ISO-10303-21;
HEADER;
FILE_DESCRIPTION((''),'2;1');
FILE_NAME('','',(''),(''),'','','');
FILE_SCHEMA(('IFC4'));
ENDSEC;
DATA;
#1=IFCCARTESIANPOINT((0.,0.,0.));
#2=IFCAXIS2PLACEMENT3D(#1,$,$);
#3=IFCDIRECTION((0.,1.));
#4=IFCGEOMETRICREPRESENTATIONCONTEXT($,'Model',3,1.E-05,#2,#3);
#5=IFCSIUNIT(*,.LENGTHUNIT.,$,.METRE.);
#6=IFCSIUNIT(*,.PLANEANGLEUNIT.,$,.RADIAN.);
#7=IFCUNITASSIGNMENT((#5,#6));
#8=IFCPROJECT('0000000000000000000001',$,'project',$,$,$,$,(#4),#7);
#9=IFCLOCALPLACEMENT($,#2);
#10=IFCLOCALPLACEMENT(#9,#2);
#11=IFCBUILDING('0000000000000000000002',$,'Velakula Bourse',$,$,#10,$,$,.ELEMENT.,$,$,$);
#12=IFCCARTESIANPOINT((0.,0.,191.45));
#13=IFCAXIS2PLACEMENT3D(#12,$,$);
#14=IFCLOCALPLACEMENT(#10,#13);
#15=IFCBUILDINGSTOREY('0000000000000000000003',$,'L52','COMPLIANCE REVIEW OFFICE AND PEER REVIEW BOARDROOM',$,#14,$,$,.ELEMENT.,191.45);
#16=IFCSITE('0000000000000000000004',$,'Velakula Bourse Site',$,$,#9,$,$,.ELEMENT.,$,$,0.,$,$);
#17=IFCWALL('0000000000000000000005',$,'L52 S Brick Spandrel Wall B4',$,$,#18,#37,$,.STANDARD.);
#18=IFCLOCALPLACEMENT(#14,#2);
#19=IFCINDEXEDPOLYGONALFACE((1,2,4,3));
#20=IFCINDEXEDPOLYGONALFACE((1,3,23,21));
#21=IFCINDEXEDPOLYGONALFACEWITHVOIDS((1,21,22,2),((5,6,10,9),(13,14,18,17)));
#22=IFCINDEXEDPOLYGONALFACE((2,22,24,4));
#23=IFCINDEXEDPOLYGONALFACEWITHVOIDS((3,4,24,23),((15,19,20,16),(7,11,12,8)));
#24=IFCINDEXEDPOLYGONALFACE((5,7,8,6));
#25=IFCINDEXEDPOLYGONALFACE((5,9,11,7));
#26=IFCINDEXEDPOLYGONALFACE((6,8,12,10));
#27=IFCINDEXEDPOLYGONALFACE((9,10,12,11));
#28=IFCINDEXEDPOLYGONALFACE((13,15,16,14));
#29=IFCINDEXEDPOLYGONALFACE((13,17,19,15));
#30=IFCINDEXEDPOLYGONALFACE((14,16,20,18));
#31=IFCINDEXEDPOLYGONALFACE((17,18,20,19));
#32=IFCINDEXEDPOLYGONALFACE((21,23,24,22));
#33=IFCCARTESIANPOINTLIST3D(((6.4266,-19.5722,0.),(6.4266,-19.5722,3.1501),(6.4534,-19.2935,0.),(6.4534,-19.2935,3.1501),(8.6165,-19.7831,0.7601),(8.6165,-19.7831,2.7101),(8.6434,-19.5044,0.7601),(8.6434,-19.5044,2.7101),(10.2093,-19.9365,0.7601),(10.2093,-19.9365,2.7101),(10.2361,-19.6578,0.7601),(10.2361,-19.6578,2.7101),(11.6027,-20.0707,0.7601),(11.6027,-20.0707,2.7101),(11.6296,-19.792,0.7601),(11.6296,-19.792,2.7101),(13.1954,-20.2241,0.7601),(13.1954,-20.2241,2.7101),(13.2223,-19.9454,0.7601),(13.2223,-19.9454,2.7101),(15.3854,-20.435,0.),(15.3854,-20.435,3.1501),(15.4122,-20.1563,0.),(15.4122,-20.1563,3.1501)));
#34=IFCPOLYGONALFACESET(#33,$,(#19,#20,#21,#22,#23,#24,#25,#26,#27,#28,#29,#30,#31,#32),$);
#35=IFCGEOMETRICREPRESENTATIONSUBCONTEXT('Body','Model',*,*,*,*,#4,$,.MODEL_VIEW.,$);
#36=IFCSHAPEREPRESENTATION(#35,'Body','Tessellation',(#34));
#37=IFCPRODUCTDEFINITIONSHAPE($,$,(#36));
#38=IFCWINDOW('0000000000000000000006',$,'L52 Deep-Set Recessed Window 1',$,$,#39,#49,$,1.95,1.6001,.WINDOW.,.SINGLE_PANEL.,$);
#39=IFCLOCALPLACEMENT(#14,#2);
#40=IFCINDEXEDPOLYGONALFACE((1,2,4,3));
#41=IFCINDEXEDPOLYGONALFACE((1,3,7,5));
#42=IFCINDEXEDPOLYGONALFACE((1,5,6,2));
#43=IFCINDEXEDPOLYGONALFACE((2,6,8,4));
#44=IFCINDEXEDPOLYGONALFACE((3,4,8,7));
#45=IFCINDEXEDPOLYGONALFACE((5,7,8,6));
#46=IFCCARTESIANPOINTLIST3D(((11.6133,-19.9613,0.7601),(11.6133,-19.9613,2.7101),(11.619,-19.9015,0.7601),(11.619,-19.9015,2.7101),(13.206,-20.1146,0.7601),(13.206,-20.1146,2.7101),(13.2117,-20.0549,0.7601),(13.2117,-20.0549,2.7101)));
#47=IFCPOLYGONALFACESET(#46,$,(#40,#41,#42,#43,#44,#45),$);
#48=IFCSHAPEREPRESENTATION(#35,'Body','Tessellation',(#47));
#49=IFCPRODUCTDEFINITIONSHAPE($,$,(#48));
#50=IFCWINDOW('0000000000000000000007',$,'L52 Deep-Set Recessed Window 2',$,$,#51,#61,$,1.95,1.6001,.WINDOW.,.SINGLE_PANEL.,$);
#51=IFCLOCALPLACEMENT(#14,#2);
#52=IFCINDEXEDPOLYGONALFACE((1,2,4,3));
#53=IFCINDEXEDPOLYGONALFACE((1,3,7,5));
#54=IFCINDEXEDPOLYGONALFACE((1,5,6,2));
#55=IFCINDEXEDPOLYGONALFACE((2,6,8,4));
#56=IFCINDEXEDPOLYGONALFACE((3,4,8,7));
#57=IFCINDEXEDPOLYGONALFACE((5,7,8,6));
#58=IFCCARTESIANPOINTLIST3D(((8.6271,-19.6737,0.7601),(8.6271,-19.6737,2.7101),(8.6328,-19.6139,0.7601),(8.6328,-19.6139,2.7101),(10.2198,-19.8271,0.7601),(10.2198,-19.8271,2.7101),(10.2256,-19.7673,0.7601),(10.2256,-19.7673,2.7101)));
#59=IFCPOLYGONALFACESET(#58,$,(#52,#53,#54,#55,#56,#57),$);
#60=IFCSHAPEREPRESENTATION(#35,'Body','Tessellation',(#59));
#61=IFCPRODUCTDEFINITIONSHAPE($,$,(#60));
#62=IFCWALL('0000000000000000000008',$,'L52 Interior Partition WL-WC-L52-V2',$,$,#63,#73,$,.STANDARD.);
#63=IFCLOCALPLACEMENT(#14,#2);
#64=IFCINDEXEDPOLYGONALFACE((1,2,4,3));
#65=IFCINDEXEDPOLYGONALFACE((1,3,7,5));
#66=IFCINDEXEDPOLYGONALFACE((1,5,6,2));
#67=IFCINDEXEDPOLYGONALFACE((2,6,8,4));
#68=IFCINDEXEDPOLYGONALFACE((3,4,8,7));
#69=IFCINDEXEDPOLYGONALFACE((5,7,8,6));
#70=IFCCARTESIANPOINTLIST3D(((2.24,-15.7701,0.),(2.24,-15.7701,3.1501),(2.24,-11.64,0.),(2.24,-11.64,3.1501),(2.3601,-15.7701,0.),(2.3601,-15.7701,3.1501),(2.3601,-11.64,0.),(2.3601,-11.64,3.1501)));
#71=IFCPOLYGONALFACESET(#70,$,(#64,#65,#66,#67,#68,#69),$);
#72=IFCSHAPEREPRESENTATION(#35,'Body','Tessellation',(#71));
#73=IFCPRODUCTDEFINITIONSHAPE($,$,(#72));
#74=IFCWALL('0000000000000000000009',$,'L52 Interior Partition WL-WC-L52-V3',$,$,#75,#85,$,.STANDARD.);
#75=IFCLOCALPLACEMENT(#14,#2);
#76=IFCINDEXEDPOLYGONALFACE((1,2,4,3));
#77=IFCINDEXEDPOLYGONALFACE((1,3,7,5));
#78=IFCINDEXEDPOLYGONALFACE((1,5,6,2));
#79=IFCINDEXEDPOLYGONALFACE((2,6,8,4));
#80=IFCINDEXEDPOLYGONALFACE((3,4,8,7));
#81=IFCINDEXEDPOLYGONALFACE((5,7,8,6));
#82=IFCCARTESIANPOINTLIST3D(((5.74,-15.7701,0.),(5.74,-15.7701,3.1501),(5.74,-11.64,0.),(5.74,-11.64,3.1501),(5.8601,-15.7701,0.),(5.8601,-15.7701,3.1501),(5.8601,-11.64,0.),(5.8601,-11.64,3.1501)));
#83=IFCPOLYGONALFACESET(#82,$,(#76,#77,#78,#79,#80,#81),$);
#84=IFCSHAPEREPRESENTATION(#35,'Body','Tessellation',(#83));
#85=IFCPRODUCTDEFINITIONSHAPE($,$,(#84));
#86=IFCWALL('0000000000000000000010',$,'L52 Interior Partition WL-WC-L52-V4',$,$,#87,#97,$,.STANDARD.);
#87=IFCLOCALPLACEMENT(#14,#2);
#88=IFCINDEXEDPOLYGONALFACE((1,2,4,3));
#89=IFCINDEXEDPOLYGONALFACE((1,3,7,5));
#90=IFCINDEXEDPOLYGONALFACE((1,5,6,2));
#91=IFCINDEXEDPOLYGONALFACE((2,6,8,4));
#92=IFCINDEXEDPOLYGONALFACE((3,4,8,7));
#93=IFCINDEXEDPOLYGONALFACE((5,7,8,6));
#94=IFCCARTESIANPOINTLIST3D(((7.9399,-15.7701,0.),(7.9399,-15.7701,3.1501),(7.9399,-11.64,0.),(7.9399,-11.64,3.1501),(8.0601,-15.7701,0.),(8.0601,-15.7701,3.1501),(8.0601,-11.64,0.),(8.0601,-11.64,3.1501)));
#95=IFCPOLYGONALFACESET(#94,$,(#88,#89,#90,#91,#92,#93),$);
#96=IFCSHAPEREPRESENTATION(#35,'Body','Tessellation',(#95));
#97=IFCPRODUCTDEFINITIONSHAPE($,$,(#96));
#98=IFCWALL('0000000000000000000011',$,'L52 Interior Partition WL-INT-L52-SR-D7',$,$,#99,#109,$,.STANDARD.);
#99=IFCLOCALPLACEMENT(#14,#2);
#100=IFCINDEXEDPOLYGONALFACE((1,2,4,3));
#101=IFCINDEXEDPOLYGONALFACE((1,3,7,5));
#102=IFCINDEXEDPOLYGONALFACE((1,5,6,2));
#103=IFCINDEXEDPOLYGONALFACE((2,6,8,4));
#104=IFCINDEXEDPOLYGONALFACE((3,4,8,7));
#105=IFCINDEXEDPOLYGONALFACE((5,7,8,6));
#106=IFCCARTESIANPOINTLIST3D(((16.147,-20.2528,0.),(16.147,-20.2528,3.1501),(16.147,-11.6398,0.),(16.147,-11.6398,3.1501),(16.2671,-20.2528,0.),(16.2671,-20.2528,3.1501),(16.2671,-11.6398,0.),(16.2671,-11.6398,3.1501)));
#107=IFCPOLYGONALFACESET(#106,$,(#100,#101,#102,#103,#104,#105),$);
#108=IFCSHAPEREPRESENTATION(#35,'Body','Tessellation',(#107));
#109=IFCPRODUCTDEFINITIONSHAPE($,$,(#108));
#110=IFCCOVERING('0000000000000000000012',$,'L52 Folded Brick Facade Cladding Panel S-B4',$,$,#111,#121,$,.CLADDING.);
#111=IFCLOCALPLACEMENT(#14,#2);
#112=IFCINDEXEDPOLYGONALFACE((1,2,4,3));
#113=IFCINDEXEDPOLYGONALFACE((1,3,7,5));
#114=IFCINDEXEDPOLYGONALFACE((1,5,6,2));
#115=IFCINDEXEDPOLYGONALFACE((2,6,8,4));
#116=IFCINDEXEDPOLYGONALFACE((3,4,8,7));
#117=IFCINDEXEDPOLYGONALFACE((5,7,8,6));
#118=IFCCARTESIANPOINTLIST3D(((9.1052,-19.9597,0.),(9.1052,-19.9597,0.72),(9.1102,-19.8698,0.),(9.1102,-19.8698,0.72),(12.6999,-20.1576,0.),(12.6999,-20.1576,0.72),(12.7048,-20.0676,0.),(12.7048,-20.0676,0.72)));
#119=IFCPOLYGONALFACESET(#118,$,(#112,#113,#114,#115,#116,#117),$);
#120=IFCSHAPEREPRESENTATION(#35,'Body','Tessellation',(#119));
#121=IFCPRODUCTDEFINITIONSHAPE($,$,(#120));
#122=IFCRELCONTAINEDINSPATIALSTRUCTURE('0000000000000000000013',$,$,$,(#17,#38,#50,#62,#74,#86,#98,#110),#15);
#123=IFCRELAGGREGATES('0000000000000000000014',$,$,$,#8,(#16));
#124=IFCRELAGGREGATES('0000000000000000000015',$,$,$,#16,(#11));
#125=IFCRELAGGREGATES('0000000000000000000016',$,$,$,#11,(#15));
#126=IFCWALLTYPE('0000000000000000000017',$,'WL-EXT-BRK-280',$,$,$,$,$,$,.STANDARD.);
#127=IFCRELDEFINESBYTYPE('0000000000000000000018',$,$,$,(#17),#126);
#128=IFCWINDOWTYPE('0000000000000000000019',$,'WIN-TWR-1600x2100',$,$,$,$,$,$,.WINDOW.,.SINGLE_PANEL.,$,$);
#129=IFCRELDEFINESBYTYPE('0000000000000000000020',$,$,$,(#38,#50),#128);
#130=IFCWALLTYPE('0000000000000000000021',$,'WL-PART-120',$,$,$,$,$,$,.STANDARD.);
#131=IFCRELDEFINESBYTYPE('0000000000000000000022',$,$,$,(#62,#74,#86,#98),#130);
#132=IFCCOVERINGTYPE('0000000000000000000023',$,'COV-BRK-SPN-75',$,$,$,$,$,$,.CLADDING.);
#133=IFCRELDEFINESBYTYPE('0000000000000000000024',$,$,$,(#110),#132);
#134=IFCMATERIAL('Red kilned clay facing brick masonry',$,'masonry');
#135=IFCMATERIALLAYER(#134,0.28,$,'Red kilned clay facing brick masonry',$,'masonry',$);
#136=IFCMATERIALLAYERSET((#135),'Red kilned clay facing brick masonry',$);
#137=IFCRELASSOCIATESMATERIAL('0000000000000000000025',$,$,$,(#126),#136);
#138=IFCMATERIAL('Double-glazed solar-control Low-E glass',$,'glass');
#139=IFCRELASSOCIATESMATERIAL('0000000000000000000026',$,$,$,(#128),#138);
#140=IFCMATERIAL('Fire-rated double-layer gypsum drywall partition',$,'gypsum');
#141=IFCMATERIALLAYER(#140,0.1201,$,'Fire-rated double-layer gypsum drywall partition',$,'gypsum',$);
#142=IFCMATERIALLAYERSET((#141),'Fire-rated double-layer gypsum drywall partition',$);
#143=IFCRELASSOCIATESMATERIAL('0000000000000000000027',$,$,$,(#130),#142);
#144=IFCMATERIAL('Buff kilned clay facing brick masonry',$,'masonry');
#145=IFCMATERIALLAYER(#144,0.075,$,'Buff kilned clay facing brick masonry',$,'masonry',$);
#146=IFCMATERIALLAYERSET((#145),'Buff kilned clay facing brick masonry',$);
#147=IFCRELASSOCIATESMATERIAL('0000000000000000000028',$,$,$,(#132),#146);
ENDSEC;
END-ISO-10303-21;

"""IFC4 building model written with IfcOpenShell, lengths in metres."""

from ifc_helpers import new_model, si_unit, direction, frame, frame_2d, origin, origin_2d, place, context, subcontext, project, spatial, rectangle, extrude, material, layer, layer_set, type_object, element, fill, save


model = new_model("IFC4")

# Units and contexts
model_context = context("Model", 3, precision=1e-05, world=origin(), true_north=direction((0.0, 1.0)))
body_context = subcontext(model_context, "Body", "Model", "MODEL_VIEW")
ifc_project = project(units=[si_unit("LENGTHUNIT", "METRE"), si_unit("PLANEANGLEUNIT", "RADIAN")], contexts=[model_context])

# Site, building, storey
site_placement = place(None, origin())
site = spatial("IfcSite", under=ifc_project, at=site_placement, Name="Velakula Bourse Site", CompositionType="ELEMENT", RefElevation=0.0)
building_placement = place(site_placement, origin())
building = spatial("IfcBuilding", under=site, at=building_placement, Name="Velakula Bourse", CompositionType="ELEMENT")
storey_placement = place(building_placement, frame((0.0, 0.0, 191.45)))
storey = spatial("IfcBuildingStorey", under=building, at=storey_placement, Name="L52", Description="COMPLIANCE REVIEW OFFICE AND PEER REVIEW BOARDROOM", CompositionType="ELEMENT", Elevation=191.45)

# Wall, openings, windows
ifc_material_1 = material(Name="Red kilned clay facing brick masonry", Category="masonry")
ifc_layer_1 = layer(ifc_material_1, 0.28, Name="Red kilned clay facing brick masonry", Category="masonry")
ifc_layer_set_1 = layer_set([ifc_layer_1], Name="Red kilned clay facing brick masonry")
wall_type_1 = type_object("IfcWallType", Name="WL-EXT-BRK-280", PredefinedType="STANDARD", material=ifc_layer_set_1)
ifc_material_2 = material(Name="Double-glazed solar-control Low-E glass", Category="glass")
window_type = type_object("IfcWindowType", Name="WIN-TWR-1600x2100", PartitioningType="SINGLE_PANEL", PredefinedType="WINDOW", material=ifc_material_2)
wall_1_placement = place(storey_placement, frame((15.3987, -20.2957, 0.0), z_axis=(0.0, 0.0, 1.0), x_axis=(-0.995394, 0.095864, 0.0)))
wall_1 = element("IfcWall", 1, at=wall_1_placement, inside=storey, type_object=wall_type_1, Name="L52 S Brick Spandrel Wall B4", PredefinedType="STANDARD", context=body_context, shape_type="SweptSolid", body=[
    extrude(rectangle(XDim=9.0002, YDim=0.28, at=frame_2d((4.5, 0.0))), origin(), (0.0, 0.0, 1.0), 3.1501),
])
opening_1_placement = place(wall_1_placement, frame((2.2, 0.0, 0.76)))
opening_1 = element("IfcOpeningElement", 2, at=opening_1_placement, cuts=wall_1, PredefinedType="OPENING", context=body_context, shape_type="SweptSolid", body=[
    extrude(rectangle(XDim=1.6001, YDim=1.95, at=frame_2d((0.8, 0.9751))), frame((0.0, 0.1499, 0.0), z_axis=(0.0, -1.0, 0.0), x_axis=(1.0, 0.0, 0.0)), (0.0, 0.0, 1.0), 0.3),
])
opening_2_placement = place(wall_1_placement, frame((5.2, 0.0, 0.76)))
opening_2 = element("IfcOpeningElement", 3, at=opening_2_placement, cuts=wall_1, PredefinedType="OPENING", context=body_context, shape_type="SweptSolid", body=[
    extrude(rectangle(XDim=1.6001, YDim=1.95, at=frame_2d((0.8, 0.9751))), frame((0.0, 0.1499, 0.0), z_axis=(0.0, -1.0, 0.0), x_axis=(1.0, 0.0, 0.0)), (0.0, 0.0, 1.0), 0.3),
])
window_1_placement = place(opening_1_placement, origin())
window_1 = element("IfcWindow", 4, at=window_1_placement, inside=storey, type_object=window_type, Name="L52 Deep-Set Recessed Window 1", OverallHeight=1.95, OverallWidth=1.6001, PartitioningType="SINGLE_PANEL", PredefinedType="WINDOW", context=body_context, shape_type="SweptSolid", body=[
    extrude(rectangle(XDim=1.6001, YDim=1.95, at=frame_2d((0.8, 0.9751))), frame((0.0, 0.03, 0.0), z_axis=(0.0, -1.0, 0.0), x_axis=(1.0, 0.0, 0.0)), (0.0, 0.0, 1.0), 0.0601),
])
fill(opening_1, window_1)
window_2_placement = place(opening_2_placement, origin())
window_2 = element("IfcWindow", 5, at=window_2_placement, inside=storey, type_object=window_type, Name="L52 Deep-Set Recessed Window 2", OverallHeight=1.95, OverallWidth=1.6001, PartitioningType="SINGLE_PANEL", PredefinedType="WINDOW", context=body_context, shape_type="SweptSolid", body=[
    extrude(rectangle(XDim=1.6001, YDim=1.95, at=frame_2d((0.8, 0.9751))), frame((0.0, 0.03, 0.0), z_axis=(0.0, -1.0, 0.0), x_axis=(1.0, 0.0, 0.0)), (0.0, 0.0, 1.0), 0.0601),
])
fill(opening_2, window_2)

# Walls
ifc_material_3 = material(Name="Fire-rated double-layer gypsum drywall partition", Category="gypsum")
ifc_layer_2 = layer(ifc_material_3, 0.1201, Name="Fire-rated double-layer gypsum drywall partition", Category="gypsum")
ifc_layer_set_2 = layer_set([ifc_layer_2], Name="Fire-rated double-layer gypsum drywall partition")
wall_type_2 = type_object("IfcWallType", Name="WL-PART-120", PredefinedType="STANDARD", material=ifc_layer_set_2)
for number, where, z_axis, x_axis, name in (
    (6, (2.3, -15.77, 0.0), (0.0, 0.0, 1.0), (0.0, 1.0, 0.0), "L52 Interior Partition WL-WC-L52-V2"),
    (7, (5.8, -15.77, 0.0), (0.0, 0.0, 1.0), (0.0, 1.0, 0.0), "L52 Interior Partition WL-WC-L52-V3"),
    (8, (8.0, -15.77, 0.0), (0.0, 0.0, 1.0), (0.0, 1.0, 0.0), "L52 Interior Partition WL-WC-L52-V4"),
):
    element("IfcWall", number, at=place(storey_placement, frame(where, z_axis=z_axis, x_axis=x_axis)), inside=storey, type_object=wall_type_2, Name=name, PredefinedType="STANDARD", context=body_context, shape_type="SweptSolid", body=[
        extrude(rectangle(XDim=4.1301, YDim=0.1201, at=frame_2d((2.0649, 0.0))), origin(), (0.0, 0.0, 1.0), 3.1501),
    ])
wall_2_placement = place(storey_placement, frame((16.207, -20.2529, 0.0), z_axis=(0.0, 0.0, 1.0), x_axis=(0.0, 1.0, 0.0)))
element("IfcWall", 9, at=wall_2_placement, inside=storey, type_object=wall_type_2, Name="L52 Interior Partition WL-INT-L52-SR-D7", PredefinedType="STANDARD", context=body_context, shape_type="SweptSolid", body=[
    extrude(rectangle(XDim=8.613, YDim=0.1201, at=frame_2d((4.3066, 0.0))), origin(), (0.0, 0.0, 1.0), 3.1501),
])

# Covering
ifc_material_4 = material(Name="Buff kilned clay facing brick masonry", Category="masonry")
ifc_layer_3 = layer(ifc_material_4, 0.075, Name="Buff kilned clay facing brick masonry", Category="masonry")
ifc_layer_set_3 = layer_set([ifc_layer_3], Name="Buff kilned clay facing brick masonry")
covering_type = type_object("IfcCoveringType", Name="COV-BRK-SPN-75", PredefinedType="CLADDING", material=ifc_layer_set_3)
covering_placement = place(storey_placement, frame((10.905, -20.0137, 0.0), z_axis=(0.0, 0.0, 1.0), x_axis=(0.998489, -0.05495, 0.0)))
element("IfcCovering", 10, at=covering_placement, inside=storey, type_object=covering_type, Name="L52 Folded Brick Facade Cladding Panel S-B4", PredefinedType="CLADDING", context=body_context, shape_type="SweptSolid", body=[
    extrude(rectangle(XDim=3.6001, YDim=0.0901, at=origin_2d()), origin(), (0.0, 0.0, 1.0), 0.72),
])

save(model, "model.ifc")
